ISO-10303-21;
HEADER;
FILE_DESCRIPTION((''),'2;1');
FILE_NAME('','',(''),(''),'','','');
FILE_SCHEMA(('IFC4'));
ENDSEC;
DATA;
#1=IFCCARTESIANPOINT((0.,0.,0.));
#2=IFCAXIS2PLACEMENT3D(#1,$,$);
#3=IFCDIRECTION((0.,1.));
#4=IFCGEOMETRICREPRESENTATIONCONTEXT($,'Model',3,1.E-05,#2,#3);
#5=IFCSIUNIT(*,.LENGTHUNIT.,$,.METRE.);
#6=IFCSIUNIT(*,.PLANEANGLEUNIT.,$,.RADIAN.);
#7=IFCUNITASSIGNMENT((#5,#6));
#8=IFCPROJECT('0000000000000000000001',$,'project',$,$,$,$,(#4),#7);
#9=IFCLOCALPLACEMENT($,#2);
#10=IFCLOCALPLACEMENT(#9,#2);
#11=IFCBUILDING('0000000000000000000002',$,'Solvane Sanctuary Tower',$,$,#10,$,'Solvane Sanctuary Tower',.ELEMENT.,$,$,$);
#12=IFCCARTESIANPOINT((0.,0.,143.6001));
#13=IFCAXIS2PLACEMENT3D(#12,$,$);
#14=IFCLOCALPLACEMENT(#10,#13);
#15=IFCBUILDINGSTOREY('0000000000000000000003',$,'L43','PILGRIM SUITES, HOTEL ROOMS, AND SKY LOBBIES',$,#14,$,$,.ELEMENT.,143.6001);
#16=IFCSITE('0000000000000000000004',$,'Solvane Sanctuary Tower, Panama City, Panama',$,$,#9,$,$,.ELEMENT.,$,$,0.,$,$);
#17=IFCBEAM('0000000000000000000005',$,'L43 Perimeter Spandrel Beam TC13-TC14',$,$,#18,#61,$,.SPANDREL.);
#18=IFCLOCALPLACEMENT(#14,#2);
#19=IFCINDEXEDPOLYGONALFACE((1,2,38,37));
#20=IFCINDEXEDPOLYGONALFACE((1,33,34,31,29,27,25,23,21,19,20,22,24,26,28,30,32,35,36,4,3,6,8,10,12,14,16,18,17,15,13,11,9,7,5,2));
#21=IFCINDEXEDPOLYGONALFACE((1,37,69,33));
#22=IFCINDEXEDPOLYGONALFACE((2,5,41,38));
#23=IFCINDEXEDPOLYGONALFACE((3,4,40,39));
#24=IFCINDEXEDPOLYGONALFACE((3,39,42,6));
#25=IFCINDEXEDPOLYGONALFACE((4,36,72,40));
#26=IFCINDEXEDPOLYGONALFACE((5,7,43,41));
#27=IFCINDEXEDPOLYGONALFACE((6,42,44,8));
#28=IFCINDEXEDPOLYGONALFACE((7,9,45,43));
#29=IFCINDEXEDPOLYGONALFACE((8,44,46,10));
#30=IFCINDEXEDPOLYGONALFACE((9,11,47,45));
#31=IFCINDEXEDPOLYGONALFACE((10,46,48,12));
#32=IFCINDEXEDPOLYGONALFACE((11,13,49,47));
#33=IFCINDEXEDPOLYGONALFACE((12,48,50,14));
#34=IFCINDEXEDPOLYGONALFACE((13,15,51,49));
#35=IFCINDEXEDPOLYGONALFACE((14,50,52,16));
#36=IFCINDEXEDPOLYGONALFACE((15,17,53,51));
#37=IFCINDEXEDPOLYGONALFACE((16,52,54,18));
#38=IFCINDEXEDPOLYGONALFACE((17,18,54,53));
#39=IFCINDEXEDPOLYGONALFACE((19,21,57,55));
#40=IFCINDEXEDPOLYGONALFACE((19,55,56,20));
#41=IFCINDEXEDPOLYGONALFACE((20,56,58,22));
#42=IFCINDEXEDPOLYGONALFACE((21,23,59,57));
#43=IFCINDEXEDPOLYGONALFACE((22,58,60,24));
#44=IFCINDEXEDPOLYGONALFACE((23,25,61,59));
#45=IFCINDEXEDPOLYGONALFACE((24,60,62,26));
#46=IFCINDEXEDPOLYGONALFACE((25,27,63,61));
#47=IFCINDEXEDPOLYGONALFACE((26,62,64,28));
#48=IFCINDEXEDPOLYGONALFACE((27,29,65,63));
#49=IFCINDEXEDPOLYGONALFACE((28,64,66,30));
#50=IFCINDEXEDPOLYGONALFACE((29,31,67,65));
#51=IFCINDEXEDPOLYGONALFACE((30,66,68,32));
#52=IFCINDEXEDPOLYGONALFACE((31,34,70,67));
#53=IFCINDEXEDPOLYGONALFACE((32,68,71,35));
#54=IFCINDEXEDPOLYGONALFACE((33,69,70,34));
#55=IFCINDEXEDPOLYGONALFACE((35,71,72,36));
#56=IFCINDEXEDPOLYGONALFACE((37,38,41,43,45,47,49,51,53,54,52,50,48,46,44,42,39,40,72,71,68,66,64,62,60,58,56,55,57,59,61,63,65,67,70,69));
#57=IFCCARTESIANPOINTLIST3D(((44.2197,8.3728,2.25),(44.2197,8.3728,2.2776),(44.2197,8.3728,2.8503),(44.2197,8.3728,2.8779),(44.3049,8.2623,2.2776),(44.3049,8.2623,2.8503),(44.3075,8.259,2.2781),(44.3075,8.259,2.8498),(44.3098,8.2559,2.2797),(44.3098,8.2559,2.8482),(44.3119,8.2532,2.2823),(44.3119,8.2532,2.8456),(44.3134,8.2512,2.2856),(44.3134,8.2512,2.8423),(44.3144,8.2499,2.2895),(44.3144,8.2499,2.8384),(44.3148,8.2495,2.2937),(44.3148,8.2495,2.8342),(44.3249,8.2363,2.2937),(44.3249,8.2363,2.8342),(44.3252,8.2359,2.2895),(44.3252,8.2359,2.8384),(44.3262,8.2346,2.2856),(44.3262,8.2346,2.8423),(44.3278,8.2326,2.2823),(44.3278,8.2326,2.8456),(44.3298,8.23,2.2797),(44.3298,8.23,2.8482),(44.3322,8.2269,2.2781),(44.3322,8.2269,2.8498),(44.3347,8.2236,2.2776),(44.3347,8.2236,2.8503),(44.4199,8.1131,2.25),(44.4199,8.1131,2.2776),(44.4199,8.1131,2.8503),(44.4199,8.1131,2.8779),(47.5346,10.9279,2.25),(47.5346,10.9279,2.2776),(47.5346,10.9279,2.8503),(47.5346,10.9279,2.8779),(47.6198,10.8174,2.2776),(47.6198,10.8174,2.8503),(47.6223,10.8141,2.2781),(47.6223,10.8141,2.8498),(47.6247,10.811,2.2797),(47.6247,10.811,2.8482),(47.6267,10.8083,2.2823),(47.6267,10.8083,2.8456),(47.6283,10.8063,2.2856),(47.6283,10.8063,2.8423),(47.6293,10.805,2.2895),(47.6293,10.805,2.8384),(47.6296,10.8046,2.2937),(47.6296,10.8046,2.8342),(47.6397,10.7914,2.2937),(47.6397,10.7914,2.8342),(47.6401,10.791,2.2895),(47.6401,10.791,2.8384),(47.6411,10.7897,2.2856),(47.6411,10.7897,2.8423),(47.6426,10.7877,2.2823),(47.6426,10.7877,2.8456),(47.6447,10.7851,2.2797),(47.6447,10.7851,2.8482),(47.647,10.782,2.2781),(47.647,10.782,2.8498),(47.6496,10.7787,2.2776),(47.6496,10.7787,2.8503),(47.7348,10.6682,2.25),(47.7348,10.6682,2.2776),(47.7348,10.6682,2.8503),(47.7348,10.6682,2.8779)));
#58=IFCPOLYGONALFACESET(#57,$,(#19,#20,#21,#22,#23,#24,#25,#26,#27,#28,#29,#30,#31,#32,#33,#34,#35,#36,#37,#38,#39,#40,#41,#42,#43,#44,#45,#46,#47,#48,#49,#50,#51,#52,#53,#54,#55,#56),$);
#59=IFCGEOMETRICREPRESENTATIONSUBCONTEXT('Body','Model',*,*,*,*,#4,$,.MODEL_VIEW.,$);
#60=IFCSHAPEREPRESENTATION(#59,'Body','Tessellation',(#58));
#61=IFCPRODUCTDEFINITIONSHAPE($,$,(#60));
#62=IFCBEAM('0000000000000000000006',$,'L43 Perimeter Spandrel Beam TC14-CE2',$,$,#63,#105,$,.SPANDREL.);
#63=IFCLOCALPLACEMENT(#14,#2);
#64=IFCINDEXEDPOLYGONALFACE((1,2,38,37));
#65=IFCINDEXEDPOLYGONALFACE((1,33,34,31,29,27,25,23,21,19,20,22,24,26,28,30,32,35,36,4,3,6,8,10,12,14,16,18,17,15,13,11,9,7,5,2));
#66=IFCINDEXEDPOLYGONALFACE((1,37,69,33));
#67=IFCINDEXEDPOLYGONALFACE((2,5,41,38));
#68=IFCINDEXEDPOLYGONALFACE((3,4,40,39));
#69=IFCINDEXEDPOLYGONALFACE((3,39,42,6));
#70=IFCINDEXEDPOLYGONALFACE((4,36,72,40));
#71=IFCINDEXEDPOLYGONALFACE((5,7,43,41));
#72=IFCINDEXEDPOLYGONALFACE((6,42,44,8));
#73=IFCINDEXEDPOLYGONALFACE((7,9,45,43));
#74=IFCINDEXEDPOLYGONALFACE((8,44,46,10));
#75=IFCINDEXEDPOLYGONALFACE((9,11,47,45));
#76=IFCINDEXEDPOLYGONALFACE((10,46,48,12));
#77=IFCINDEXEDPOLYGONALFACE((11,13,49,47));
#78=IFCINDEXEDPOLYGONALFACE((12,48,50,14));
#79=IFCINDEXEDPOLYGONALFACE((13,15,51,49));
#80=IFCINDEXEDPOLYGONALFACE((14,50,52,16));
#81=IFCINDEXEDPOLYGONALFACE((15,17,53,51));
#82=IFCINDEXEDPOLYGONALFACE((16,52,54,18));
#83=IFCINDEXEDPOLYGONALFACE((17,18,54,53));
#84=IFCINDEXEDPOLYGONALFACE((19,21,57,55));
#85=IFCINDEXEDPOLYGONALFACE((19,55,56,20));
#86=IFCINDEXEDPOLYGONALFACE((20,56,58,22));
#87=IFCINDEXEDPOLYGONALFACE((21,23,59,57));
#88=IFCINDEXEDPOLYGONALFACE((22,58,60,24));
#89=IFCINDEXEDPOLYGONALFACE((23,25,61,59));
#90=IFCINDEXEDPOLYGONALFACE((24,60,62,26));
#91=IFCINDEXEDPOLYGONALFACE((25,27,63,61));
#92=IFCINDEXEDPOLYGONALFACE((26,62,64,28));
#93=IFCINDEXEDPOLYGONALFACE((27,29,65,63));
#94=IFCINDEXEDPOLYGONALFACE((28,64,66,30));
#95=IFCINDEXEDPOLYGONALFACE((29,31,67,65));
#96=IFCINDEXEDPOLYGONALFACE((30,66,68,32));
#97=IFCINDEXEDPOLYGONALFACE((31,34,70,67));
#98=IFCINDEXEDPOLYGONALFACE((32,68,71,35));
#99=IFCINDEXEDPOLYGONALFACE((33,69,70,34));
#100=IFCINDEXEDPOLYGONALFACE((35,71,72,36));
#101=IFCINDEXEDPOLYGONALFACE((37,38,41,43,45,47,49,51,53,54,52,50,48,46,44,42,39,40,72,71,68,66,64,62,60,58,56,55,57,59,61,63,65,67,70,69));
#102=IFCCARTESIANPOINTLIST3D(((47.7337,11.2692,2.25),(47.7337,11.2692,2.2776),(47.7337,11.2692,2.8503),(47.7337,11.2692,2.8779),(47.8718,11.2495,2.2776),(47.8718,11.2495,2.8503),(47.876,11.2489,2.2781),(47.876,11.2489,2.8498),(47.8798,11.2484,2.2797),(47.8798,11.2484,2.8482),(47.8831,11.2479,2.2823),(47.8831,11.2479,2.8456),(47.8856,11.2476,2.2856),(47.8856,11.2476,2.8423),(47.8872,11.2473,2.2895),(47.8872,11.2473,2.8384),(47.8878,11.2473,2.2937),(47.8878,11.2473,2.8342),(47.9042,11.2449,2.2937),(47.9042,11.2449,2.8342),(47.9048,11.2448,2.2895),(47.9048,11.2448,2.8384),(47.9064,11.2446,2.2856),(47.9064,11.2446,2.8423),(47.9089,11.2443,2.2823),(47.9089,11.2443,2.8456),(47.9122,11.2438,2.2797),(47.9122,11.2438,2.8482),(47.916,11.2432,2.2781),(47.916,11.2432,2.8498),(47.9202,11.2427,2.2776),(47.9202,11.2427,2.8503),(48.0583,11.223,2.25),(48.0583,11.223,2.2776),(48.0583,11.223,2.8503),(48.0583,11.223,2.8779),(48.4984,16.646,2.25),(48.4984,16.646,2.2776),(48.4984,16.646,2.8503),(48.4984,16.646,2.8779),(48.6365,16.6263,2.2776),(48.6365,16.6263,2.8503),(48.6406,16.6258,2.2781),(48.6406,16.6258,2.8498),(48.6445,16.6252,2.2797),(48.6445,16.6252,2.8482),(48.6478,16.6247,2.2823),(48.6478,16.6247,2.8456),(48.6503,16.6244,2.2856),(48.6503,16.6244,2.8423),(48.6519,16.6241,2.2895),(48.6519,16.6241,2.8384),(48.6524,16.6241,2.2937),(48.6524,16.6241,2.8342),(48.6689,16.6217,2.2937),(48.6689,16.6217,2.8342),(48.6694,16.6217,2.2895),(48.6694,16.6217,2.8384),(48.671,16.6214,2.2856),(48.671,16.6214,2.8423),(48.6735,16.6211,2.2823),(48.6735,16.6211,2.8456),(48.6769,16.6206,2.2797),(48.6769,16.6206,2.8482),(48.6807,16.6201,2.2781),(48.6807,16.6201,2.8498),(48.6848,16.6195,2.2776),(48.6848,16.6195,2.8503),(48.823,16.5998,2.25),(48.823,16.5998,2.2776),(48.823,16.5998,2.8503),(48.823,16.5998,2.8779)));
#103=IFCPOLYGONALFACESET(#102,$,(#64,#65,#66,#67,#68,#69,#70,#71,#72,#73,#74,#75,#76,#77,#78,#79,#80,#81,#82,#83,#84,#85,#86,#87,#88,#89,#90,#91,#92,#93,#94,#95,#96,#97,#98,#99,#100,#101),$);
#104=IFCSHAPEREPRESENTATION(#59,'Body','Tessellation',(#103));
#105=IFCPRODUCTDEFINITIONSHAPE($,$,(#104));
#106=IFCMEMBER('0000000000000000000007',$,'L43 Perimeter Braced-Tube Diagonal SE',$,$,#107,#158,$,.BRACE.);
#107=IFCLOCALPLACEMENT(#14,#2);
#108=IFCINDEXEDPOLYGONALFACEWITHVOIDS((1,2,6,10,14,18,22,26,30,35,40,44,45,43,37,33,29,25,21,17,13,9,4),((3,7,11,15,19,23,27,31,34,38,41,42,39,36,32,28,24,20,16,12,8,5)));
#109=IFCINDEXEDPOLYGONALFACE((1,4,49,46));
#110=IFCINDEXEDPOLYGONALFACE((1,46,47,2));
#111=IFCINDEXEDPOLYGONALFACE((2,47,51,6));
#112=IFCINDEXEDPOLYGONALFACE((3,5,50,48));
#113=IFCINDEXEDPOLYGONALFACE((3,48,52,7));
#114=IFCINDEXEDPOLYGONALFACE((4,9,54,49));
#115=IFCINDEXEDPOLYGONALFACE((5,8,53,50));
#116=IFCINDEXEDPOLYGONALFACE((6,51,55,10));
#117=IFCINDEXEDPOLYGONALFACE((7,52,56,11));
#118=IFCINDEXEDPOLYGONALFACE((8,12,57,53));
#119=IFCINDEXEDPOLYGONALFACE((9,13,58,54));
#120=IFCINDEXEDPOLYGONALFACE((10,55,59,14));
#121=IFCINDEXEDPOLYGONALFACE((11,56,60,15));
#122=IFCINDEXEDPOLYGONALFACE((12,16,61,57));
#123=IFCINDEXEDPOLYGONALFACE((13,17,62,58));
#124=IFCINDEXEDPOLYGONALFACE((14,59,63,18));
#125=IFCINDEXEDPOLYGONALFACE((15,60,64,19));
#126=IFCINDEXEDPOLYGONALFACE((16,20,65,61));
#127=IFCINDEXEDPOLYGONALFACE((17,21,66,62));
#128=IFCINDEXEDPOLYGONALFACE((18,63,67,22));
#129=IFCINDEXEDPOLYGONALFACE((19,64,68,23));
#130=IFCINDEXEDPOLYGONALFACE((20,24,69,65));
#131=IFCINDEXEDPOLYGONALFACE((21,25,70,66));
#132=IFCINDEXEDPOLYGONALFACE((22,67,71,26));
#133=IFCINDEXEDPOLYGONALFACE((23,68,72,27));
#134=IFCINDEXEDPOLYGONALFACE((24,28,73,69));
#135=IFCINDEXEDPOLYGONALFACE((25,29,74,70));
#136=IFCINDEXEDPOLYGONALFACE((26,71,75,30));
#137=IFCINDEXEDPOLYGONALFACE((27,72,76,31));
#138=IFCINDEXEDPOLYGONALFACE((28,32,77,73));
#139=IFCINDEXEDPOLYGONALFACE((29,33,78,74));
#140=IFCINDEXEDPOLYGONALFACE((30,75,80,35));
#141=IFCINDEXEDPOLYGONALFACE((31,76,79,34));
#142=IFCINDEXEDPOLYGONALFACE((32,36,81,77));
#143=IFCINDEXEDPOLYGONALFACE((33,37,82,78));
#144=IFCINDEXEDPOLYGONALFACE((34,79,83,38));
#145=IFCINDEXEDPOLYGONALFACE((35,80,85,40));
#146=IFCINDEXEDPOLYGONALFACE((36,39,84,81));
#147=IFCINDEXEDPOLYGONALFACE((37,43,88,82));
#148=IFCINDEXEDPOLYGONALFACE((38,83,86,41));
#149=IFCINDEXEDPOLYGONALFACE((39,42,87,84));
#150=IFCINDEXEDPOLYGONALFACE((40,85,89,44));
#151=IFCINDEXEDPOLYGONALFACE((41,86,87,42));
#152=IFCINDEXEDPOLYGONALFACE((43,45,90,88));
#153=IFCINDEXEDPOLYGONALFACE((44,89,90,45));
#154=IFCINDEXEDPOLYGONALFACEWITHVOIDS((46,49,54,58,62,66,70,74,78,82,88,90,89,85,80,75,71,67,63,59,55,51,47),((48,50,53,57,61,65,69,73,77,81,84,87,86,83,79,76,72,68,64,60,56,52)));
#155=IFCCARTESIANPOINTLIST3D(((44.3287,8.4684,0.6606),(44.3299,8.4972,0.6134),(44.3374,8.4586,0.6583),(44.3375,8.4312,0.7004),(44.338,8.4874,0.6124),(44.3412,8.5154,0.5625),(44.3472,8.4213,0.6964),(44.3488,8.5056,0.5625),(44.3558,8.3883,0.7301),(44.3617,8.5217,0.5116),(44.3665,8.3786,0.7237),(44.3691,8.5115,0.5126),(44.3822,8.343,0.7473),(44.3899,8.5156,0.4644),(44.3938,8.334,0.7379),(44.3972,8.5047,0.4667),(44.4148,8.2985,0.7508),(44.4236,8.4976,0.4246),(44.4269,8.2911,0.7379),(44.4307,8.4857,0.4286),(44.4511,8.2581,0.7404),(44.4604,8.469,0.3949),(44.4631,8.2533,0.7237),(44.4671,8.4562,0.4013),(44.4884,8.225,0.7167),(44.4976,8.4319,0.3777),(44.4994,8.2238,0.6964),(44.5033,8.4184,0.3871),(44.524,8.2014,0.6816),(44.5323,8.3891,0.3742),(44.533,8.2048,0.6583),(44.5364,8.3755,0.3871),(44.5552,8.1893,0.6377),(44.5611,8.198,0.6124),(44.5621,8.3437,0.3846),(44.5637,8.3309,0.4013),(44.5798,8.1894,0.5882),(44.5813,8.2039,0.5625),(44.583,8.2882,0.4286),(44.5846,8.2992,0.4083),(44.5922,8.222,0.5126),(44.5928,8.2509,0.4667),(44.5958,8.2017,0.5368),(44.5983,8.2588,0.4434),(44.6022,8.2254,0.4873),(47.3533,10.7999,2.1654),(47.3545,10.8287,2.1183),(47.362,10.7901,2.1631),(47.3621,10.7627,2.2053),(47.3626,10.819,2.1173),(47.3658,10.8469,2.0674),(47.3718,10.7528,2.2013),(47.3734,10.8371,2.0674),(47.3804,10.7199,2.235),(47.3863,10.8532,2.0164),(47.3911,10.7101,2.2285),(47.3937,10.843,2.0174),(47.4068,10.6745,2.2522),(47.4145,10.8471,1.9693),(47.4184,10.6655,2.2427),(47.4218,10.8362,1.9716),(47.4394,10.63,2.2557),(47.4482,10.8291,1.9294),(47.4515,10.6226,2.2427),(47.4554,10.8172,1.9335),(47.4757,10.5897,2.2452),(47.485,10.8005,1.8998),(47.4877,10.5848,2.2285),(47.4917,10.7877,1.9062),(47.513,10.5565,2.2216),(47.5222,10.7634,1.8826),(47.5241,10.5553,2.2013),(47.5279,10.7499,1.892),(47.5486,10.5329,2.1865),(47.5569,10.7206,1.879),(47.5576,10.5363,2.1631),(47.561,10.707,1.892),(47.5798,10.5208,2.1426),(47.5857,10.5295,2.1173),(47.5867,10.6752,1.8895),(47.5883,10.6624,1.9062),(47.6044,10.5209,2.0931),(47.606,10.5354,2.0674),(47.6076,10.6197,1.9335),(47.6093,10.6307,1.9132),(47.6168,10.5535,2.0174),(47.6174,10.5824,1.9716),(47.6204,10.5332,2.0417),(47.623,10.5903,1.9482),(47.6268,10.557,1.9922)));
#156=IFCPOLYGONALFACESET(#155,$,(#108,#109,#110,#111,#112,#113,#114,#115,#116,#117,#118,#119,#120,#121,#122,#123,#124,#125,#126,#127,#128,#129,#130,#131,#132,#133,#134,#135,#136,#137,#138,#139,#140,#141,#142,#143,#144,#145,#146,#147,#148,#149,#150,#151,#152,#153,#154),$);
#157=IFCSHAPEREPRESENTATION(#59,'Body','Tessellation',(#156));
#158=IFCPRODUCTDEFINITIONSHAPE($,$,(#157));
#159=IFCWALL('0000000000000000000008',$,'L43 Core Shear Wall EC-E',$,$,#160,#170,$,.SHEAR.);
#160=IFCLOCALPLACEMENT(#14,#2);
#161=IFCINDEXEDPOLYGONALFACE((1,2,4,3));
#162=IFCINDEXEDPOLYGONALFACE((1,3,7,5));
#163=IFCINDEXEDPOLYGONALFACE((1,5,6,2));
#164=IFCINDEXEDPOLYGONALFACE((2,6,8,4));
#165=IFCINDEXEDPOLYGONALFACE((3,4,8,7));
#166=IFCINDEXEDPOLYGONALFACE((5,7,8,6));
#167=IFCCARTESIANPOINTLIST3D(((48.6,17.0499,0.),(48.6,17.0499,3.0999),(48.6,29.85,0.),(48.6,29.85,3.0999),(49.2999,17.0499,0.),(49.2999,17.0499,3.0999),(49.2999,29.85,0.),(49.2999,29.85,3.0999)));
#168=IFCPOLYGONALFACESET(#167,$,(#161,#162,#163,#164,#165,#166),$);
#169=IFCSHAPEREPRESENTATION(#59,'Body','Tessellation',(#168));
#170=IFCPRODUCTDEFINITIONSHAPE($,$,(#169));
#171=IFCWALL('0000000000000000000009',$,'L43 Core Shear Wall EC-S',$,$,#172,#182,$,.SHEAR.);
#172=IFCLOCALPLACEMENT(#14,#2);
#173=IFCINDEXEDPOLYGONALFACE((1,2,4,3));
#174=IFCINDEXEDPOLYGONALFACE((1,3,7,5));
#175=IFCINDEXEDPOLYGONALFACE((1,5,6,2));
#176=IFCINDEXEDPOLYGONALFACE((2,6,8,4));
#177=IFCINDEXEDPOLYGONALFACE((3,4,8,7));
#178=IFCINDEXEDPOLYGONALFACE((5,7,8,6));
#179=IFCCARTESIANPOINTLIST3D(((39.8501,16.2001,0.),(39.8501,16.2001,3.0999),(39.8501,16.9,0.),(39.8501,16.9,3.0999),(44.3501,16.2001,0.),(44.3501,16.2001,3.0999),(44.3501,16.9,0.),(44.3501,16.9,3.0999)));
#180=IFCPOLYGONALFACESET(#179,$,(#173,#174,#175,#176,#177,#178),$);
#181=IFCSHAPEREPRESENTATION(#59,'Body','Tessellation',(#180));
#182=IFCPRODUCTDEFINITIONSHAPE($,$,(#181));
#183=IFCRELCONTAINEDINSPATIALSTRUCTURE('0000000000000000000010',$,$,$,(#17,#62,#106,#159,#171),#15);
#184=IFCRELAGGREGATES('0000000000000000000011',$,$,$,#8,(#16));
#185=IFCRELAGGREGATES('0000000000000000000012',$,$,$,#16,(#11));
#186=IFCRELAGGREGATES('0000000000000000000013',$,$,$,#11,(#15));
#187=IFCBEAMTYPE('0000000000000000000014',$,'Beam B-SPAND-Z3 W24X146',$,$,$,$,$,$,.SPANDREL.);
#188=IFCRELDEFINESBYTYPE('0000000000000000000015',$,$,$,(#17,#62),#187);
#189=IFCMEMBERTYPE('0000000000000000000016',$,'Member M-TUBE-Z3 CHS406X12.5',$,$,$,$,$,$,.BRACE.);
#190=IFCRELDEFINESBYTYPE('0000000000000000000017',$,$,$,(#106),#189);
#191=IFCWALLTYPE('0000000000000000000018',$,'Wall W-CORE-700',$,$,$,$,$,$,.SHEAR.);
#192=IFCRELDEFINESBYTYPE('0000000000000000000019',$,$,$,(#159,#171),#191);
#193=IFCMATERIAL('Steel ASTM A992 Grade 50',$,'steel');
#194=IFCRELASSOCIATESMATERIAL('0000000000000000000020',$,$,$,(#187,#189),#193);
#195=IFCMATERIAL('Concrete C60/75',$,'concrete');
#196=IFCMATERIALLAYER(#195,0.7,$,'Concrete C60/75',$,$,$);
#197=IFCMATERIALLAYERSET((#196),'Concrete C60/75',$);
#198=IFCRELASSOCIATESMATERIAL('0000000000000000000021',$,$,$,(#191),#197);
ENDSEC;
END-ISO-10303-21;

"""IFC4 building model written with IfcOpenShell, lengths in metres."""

from ifc_helpers import new_model, si_unit, direction, frame, frame_2d, origin, origin_2d, place, context, subcontext, project, spatial, rectangle, hollow_circle, i_section, extrude, material, layer, layer_set, material_profile, profile_set, type_object, element, save


model = new_model("IFC4")

# Units and contexts
model_context = context("Model", 3, precision=1e-05, world=origin(), true_north=direction((0.0, 1.0)))
body_context = subcontext(model_context, "Body", "Model", "MODEL_VIEW")
ifc_project = project(units=[si_unit("LENGTHUNIT", "METRE"), si_unit("PLANEANGLEUNIT", "RADIAN")], contexts=[model_context])

# Site, building, storey
site_placement = place(None, origin())
site = spatial("IfcSite", under=ifc_project, at=site_placement, Name="Solvane Sanctuary Tower, Panama City, Panama", CompositionType="ELEMENT", RefElevation=0.0)
building_placement = place(site_placement, origin())
building = spatial("IfcBuilding", under=site, at=building_placement, Name="Solvane Sanctuary Tower", LongName="Solvane Sanctuary Tower", CompositionType="ELEMENT")
storey_placement = place(building_placement, frame((0.0, 0.0, 143.6001)))
storey = spatial("IfcBuildingStorey", under=building, at=storey_placement, Name="L43", Description="PILGRIM SUITES, HOTEL ROOMS, AND SKY LOBBIES", CompositionType="ELEMENT", Elevation=143.6001)

# Shared definitions
ifc_material_1 = material(Name="Concrete C60/75", Category="concrete")

# Beams
ifc_material_2 = material(Name="Steel ASTM A992 Grade 50", Category="steel")
ifc_material_profile_1 = material_profile(ifc_material_2, i_section(OverallWidth=0.3279, OverallDepth=0.6279, WebThickness=0.0166, FlangeThickness=0.0276, FilletRadius=0.0161, at=origin_2d()), Name="W24X146")
ifc_profile_set_1 = profile_set([ifc_material_profile_1], Name="Steel ASTM A992 Grade 50")
beam_type_1 = type_object("IfcBeamType", Name="Beam B-SPAND-Z3 W24X146", PredefinedType="SPANDREL", material=ifc_profile_set_1)
beam_1_placement = place(storey_placement, frame((44.3198, 8.2429, 2.564), z_axis=(0.792021, 0.610494, 0.0), x_axis=(-0.610494, 0.792021, 0.0)))
element("IfcBeam", 1, at=beam_1_placement, inside=storey, type_object=beam_type_1, Name="L43 Perimeter Spandrel Beam TC13-TC14", PredefinedType="SPANDREL", context=body_context, shape_type="SweptSolid", body=[
    extrude(i_section(OverallWidth=0.3279, OverallDepth=0.6279, WebThickness=0.0166, FlangeThickness=0.0276, FilletRadius=0.0161, at=origin_2d()), origin(), (0.0, 0.0, 1.0), 4.1853),
])
beam_2_placement = place(storey_placement, frame((47.896, 11.2461, 2.564), z_axis=(0.140798, 0.990038, 0.0), x_axis=(-0.990038, 0.140798, 0.0)))
element("IfcBeam", 2, at=beam_2_placement, inside=storey, type_object=beam_type_1, Name="L43 Perimeter Spandrel Beam TC14-CE2", PredefinedType="SPANDREL", context=body_context, shape_type="SweptSolid", body=[
    extrude(i_section(OverallWidth=0.3279, OverallDepth=0.6279, WebThickness=0.0166, FlangeThickness=0.0276, FilletRadius=0.0161, at=origin_2d()), origin(), (0.0, 0.0, 1.0), 5.4309),
])

# Member
ifc_material_profile_2 = material_profile(ifc_material_2, hollow_circle(Radius=0.2029, WallThickness=0.0125, at=origin_2d()), Name="CHS406X12.5")
ifc_profile_set_2 = profile_set([ifc_material_profile_2], Name="Steel ASTM A992 Grade 50")
member_type = type_object("IfcMemberType", Name="Member M-TUBE-Z3 CHS406X12.5", PredefinedType="BRACE", material=ifc_profile_set_2)
member_placement = place(storey_placement, frame((44.4651, 8.3547, 0.5625), z_axis=(0.73686, 0.568005, 0.366616), x_axis=(-0.610514, 0.792006, 0.0)))
element("IfcMember", 3, at=member_placement, inside=storey, type_object=member_type, Name="L43 Perimeter Braced-Tube Diagonal SE", PredefinedType="BRACE", context=body_context, shape_type="SweptSolid", body=[
    extrude(hollow_circle(Radius=0.2029, WallThickness=0.0125, at=origin_2d()), origin(), (0.0, 0.0, 1.0), 4.1047),
])

# Walls
ifc_layer_1 = layer(ifc_material_1, 0.7, Name="Concrete C60/75")
ifc_layer_set_1 = layer_set([ifc_layer_1], Name="Concrete C60/75")
wall_type_1 = type_object("IfcWallType", Name="Wall W-CORE-700", PredefinedType="SHEAR", material=ifc_layer_set_1)
wall_1_placement = place(storey_placement, frame((48.95, 17.05, 0.0), z_axis=(0.0, 0.0, 1.0), x_axis=(0.0, 1.0, 0.0)))
element("IfcWall", 4, at=wall_1_placement, inside=storey, type_object=wall_type_1, Name="L43 Core Shear Wall EC-E", PredefinedType="SHEAR", context=body_context, shape_type="SweptSolid", body=[
    extrude(rectangle(XDim=12.8, YDim=0.7, at=frame_2d((6.3999, 0.0))), origin(), (0.0, 0.0, 1.0), 3.0999),
])
wall_2_placement = place(storey_placement, frame((39.8501, 16.55, 0.0), z_axis=(0.0, 0.0, 1.0), x_axis=(1.0, 0.0, 0.0)))
element("IfcWall", 5, at=wall_2_placement, inside=storey, type_object=wall_type_1, Name="L43 Core Shear Wall EC-S", PredefinedType="SHEAR", context=body_context, shape_type="SweptSolid", body=[
    extrude(rectangle(XDim=4.5, YDim=0.7, at=frame_2d((2.25, 0.0))), origin(), (0.0, 0.0, 1.0), 3.0999),
])

save(model, "model.ifc")
